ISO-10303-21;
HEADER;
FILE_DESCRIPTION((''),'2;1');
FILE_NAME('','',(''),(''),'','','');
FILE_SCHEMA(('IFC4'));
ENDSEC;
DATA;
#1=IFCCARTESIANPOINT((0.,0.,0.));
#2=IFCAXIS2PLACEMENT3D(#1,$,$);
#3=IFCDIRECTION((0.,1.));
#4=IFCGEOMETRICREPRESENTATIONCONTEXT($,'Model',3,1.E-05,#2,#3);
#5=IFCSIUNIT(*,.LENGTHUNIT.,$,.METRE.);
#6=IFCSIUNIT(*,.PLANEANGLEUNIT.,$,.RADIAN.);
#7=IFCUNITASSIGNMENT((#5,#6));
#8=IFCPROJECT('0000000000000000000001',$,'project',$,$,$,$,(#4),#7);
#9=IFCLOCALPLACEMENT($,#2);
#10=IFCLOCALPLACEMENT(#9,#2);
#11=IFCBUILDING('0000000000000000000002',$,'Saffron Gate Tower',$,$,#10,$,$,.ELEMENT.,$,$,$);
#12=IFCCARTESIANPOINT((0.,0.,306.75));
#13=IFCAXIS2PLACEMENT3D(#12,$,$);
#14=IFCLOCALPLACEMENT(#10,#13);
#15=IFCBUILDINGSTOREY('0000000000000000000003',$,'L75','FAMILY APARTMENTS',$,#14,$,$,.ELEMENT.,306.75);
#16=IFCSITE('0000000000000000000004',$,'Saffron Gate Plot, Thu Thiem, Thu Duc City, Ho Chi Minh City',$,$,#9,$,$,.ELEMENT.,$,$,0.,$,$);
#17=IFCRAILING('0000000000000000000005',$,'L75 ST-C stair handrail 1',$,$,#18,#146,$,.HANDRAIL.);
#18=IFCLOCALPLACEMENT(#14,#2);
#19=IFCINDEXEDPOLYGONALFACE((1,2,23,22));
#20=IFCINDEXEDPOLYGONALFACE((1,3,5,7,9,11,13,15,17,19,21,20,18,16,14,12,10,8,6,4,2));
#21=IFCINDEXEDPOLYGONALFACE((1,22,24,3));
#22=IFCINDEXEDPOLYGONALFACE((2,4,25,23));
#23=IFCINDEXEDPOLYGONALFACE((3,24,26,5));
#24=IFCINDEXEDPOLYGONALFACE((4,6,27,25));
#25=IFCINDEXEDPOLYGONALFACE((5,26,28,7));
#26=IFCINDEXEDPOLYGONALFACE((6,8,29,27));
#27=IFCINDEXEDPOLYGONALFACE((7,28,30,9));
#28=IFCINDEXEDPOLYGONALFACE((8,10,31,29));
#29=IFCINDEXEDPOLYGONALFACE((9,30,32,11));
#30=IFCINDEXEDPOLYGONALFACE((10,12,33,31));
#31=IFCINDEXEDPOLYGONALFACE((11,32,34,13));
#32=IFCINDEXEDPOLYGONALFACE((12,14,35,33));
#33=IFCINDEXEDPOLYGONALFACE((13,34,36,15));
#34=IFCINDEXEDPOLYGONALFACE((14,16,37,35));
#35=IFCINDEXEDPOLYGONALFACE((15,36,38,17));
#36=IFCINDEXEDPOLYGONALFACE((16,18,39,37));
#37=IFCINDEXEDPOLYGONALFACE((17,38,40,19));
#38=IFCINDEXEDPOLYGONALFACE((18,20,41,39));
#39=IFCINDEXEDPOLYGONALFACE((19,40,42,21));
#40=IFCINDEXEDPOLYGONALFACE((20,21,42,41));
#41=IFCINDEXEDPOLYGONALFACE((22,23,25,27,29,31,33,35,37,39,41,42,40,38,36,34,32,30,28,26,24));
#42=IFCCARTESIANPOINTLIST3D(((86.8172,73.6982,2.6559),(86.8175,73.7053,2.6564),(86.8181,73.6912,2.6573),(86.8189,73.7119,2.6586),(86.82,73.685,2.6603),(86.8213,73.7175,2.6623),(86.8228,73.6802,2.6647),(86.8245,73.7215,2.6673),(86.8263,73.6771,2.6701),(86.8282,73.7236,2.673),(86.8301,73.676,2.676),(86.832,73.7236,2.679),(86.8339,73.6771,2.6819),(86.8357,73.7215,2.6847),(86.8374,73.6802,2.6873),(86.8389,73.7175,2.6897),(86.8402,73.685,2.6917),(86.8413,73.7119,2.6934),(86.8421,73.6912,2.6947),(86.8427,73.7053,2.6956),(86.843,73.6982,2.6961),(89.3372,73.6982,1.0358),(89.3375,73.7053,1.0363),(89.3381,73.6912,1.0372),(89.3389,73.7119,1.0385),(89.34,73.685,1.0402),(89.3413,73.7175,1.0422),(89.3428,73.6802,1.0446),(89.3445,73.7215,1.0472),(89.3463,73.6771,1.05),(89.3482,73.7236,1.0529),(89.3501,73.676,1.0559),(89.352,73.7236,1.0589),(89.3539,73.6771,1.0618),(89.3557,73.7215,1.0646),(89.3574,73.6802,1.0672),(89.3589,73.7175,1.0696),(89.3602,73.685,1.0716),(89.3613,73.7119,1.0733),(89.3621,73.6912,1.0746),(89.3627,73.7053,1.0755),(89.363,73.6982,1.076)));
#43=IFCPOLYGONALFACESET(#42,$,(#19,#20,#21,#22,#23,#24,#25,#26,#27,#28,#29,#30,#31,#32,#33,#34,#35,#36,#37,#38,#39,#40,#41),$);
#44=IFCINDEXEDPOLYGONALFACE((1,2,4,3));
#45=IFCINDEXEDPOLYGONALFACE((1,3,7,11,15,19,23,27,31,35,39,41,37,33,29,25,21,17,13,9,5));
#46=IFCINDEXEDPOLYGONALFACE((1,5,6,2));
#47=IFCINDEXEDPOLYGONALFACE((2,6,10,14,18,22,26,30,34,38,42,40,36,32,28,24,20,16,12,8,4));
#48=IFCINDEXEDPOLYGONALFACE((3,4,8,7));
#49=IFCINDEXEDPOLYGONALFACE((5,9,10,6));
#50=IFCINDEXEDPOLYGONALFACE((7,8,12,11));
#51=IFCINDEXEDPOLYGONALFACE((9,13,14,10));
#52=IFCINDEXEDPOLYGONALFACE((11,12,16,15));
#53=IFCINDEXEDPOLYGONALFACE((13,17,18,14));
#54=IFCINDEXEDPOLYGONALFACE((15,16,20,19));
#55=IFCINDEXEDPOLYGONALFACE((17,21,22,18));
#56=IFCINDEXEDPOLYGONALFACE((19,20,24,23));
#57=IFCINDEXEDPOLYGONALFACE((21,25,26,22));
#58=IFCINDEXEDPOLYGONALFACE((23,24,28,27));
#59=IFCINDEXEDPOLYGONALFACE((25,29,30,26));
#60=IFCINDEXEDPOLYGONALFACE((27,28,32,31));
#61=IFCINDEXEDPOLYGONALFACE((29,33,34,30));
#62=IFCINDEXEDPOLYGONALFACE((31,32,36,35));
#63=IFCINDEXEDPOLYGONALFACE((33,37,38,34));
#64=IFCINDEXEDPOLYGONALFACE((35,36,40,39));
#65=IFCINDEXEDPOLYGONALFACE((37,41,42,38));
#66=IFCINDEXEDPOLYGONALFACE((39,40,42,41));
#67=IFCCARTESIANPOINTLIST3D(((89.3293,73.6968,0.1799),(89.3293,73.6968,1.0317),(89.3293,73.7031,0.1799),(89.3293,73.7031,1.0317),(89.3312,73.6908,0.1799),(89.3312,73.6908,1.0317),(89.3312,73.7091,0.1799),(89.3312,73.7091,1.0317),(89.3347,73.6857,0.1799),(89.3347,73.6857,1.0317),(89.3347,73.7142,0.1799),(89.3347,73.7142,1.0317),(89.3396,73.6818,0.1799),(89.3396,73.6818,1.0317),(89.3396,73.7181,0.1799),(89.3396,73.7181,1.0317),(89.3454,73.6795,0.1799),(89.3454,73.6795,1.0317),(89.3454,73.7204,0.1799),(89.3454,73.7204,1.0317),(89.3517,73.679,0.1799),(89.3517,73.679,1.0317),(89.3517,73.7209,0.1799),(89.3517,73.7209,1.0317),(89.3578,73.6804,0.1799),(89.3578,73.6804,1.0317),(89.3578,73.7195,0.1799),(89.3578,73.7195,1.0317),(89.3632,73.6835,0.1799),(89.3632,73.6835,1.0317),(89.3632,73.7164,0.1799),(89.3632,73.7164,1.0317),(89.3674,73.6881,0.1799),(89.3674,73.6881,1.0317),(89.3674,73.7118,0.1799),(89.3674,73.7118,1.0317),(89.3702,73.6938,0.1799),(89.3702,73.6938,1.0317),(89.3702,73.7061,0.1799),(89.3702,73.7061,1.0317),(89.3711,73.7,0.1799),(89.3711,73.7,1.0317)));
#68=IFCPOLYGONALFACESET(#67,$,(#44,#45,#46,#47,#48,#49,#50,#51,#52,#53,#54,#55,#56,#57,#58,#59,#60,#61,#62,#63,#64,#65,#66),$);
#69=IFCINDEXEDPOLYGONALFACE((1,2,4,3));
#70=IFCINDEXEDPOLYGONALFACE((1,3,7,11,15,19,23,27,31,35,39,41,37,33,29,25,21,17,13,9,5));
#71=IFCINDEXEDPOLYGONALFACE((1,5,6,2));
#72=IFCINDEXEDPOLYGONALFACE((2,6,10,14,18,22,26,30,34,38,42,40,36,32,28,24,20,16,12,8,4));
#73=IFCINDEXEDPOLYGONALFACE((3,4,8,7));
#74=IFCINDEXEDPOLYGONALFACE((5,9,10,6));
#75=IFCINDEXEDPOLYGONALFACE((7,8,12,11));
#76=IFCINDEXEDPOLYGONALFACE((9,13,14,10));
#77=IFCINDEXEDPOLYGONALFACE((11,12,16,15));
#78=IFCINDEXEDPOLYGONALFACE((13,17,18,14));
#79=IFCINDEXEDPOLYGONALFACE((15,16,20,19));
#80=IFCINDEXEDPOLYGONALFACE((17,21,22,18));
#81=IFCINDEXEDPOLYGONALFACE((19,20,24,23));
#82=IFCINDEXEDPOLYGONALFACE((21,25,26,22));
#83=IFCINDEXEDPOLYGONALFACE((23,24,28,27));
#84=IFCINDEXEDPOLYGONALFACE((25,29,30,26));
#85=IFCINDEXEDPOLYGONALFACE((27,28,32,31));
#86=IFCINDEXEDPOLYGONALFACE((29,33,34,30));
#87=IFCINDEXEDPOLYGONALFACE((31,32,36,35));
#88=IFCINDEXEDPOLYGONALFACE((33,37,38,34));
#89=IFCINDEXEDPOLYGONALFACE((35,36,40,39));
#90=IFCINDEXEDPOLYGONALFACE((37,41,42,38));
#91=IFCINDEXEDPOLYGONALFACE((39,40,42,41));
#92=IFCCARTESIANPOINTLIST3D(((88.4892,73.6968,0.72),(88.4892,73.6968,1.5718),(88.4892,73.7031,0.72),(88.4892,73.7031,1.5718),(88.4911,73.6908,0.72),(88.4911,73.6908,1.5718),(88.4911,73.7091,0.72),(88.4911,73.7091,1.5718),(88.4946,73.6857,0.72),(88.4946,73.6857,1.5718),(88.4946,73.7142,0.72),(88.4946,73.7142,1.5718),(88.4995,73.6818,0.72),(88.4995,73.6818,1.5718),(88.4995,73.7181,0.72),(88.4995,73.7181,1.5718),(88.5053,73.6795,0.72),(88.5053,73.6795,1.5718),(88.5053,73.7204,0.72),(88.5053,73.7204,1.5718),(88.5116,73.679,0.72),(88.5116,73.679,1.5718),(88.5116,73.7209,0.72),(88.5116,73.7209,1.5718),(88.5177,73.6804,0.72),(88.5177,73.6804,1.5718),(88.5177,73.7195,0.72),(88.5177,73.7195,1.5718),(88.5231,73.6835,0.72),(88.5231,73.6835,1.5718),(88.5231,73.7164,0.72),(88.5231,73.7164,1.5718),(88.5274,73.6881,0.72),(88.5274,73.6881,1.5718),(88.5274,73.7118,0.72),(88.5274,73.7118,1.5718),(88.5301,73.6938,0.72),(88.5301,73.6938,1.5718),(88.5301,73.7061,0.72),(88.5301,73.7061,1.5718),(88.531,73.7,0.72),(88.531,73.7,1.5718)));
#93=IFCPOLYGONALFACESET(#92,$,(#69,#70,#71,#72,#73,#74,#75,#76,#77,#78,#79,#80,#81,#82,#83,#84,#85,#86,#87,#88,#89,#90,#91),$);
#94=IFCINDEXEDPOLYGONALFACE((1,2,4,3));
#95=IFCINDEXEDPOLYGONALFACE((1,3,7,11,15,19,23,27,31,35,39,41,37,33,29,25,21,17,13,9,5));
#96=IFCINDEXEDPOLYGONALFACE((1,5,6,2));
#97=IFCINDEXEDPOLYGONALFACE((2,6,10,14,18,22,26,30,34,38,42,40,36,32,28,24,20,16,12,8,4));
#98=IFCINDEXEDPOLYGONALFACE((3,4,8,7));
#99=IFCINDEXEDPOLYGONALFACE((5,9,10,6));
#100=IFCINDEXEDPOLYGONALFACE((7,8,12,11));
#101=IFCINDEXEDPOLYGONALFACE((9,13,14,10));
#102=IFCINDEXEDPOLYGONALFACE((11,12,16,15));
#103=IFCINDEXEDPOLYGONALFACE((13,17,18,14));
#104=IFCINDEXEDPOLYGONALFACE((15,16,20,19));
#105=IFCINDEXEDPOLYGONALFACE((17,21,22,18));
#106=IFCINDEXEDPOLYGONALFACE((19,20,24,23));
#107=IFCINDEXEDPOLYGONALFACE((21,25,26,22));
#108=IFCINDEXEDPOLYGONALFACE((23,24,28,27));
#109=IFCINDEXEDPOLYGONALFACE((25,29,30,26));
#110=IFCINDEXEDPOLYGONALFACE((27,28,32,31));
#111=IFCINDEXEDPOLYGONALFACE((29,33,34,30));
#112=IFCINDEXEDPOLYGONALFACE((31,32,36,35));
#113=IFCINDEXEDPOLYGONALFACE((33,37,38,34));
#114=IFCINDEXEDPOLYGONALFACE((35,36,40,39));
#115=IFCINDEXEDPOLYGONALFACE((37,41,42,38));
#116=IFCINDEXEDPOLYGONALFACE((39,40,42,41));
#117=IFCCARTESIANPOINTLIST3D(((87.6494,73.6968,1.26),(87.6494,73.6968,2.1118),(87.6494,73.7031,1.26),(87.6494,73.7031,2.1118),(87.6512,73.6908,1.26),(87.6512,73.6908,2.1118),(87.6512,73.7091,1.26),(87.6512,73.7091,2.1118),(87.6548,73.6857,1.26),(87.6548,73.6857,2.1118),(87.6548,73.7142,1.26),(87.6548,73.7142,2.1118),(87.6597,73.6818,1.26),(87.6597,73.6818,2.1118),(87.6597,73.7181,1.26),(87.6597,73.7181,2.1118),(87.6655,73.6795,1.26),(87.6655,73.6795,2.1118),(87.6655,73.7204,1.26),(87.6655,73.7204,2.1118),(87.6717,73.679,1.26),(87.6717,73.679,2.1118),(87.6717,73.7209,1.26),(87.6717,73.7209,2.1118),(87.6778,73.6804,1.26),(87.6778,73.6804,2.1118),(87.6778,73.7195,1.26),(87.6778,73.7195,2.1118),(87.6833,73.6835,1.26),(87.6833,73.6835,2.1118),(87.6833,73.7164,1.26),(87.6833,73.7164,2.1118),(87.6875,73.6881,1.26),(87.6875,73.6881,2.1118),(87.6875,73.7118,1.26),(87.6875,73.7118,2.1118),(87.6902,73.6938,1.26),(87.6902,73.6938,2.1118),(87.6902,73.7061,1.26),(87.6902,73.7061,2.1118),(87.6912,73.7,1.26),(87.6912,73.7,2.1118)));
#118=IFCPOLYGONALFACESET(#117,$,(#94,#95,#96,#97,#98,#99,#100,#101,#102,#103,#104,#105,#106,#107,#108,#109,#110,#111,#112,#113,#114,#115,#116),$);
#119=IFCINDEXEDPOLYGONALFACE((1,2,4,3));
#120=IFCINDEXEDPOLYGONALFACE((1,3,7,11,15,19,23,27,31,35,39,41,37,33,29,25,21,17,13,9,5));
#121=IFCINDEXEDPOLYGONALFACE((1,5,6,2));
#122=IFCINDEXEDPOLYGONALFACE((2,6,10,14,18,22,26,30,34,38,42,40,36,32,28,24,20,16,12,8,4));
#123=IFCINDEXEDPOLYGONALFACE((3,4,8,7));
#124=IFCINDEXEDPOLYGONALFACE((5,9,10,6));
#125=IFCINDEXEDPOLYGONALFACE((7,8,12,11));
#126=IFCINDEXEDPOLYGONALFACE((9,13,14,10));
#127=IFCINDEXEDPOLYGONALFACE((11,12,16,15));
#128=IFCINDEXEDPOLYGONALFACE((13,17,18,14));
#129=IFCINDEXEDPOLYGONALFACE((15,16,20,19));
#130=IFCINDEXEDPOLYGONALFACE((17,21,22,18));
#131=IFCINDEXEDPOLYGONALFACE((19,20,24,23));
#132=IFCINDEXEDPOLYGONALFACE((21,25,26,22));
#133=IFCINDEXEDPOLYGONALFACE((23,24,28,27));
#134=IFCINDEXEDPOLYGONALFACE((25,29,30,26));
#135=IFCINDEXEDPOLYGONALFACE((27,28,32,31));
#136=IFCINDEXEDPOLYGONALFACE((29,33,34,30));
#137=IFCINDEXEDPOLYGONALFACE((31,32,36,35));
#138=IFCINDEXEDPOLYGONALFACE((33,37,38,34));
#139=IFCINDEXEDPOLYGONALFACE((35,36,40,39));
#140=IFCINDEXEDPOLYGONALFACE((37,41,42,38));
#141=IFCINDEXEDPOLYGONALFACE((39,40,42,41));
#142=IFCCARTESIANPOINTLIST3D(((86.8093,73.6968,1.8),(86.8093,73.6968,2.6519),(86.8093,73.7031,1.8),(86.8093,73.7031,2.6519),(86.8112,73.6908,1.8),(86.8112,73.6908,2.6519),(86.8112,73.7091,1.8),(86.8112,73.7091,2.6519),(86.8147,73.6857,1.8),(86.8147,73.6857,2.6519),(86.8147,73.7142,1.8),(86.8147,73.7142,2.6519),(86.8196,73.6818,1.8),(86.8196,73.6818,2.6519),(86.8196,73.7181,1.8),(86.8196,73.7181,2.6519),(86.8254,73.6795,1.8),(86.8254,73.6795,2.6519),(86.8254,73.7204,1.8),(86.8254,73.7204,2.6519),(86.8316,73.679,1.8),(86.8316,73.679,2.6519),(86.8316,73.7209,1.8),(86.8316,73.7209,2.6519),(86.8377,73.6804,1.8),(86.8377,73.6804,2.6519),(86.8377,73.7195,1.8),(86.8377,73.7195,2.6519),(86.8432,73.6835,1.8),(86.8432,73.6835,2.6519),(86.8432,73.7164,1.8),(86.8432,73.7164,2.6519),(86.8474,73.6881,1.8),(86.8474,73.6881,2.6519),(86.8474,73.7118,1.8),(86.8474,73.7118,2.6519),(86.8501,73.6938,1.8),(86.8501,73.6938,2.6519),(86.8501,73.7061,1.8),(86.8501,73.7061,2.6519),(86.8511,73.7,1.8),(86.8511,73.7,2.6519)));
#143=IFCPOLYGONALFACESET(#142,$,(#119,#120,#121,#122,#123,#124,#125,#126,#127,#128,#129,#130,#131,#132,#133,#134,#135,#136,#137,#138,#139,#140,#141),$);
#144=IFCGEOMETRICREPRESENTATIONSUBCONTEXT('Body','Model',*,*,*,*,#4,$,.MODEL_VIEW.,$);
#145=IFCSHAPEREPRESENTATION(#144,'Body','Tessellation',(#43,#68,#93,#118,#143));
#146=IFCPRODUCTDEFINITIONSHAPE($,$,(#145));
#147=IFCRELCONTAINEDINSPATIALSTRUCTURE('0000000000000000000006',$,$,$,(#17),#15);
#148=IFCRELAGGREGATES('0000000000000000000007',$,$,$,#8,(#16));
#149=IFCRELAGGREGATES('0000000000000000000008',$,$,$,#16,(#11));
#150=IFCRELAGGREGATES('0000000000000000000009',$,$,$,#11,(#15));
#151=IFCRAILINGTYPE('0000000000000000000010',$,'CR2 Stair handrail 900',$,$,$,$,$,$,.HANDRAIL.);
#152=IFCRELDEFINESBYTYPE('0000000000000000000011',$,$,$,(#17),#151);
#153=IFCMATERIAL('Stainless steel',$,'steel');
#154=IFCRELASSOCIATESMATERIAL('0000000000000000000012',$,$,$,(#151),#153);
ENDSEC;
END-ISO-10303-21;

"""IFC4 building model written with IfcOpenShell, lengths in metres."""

from ifc_helpers import new_model, si_unit, direction, frame, origin, origin_2d, place, context, subcontext, project, spatial, circle, extrude, material, type_object, element, save


model = new_model("IFC4")

# Units and contexts
model_context = context("Model", 3, precision=1e-05, world=origin(), true_north=direction((0.0, 1.0)))
body_context = subcontext(model_context, "Body", "Model", "MODEL_VIEW")
ifc_project = project(units=[si_unit("LENGTHUNIT", "METRE"), si_unit("PLANEANGLEUNIT", "RADIAN")], contexts=[model_context])

# Site, building, storey
site_placement = place(None, origin())
site = spatial("IfcSite", under=ifc_project, at=site_placement, Name="Saffron Gate Plot, Thu Thiem, Thu Duc City, Ho Chi Minh City", CompositionType="ELEMENT", RefElevation=0.0)
building_placement = place(site_placement, origin())
building = spatial("IfcBuilding", under=site, at=building_placement, Name="Saffron Gate Tower", CompositionType="ELEMENT")
storey_placement = place(building_placement, frame((0.0, 0.0, 306.75)))
storey = spatial("IfcBuildingStorey", under=building, at=storey_placement, Name="L75", Description="FAMILY APARTMENTS", CompositionType="ELEMENT", Elevation=306.75)

# Railing
ifc_material_1 = material(Name="Stainless steel", Category="steel")
railing_type_1 = type_object("IfcRailingType", Name="CR2 Stair handrail 900", PredefinedType="HANDRAIL", material=ifc_material_1)
railing_1_placement = place(storey_placement, frame((89.3501, 73.7, 0.1799)))
element("IfcRailing", 1, at=railing_1_placement, inside=storey, type_object=railing_type_1, Name="L75 ST-C stair handrail 1", PredefinedType="HANDRAIL", context=body_context, shape_type="SweptSolid", body=[
    extrude(circle(Radius=0.0239, at=origin_2d()), frame((0.0, 0.0, 0.876), z_axis=(-0.841163, 0.0, 0.540782), x_axis=(0.0, -1.0, 0.0)), (0.0, 0.0, 1.0), 2.9958),
    extrude(circle(Radius=0.021, at=origin_2d()), origin(), (0.0, 0.0, 1.0), 0.8518),
    extrude(circle(Radius=0.021, at=origin_2d()), frame((-0.8401, 0.0, 0.54)), (0.0, 0.0, 1.0), 0.8518),
    extrude(circle(Radius=0.021, at=origin_2d()), frame((-1.6799, 0.0, 1.0801)), (0.0, 0.0, 1.0), 0.8518),
    extrude(circle(Radius=0.021, at=origin_2d()), frame((-2.52, 0.0, 1.6201)), (0.0, 0.0, 1.0), 0.8518),
])

save(model, "model.ifc")
